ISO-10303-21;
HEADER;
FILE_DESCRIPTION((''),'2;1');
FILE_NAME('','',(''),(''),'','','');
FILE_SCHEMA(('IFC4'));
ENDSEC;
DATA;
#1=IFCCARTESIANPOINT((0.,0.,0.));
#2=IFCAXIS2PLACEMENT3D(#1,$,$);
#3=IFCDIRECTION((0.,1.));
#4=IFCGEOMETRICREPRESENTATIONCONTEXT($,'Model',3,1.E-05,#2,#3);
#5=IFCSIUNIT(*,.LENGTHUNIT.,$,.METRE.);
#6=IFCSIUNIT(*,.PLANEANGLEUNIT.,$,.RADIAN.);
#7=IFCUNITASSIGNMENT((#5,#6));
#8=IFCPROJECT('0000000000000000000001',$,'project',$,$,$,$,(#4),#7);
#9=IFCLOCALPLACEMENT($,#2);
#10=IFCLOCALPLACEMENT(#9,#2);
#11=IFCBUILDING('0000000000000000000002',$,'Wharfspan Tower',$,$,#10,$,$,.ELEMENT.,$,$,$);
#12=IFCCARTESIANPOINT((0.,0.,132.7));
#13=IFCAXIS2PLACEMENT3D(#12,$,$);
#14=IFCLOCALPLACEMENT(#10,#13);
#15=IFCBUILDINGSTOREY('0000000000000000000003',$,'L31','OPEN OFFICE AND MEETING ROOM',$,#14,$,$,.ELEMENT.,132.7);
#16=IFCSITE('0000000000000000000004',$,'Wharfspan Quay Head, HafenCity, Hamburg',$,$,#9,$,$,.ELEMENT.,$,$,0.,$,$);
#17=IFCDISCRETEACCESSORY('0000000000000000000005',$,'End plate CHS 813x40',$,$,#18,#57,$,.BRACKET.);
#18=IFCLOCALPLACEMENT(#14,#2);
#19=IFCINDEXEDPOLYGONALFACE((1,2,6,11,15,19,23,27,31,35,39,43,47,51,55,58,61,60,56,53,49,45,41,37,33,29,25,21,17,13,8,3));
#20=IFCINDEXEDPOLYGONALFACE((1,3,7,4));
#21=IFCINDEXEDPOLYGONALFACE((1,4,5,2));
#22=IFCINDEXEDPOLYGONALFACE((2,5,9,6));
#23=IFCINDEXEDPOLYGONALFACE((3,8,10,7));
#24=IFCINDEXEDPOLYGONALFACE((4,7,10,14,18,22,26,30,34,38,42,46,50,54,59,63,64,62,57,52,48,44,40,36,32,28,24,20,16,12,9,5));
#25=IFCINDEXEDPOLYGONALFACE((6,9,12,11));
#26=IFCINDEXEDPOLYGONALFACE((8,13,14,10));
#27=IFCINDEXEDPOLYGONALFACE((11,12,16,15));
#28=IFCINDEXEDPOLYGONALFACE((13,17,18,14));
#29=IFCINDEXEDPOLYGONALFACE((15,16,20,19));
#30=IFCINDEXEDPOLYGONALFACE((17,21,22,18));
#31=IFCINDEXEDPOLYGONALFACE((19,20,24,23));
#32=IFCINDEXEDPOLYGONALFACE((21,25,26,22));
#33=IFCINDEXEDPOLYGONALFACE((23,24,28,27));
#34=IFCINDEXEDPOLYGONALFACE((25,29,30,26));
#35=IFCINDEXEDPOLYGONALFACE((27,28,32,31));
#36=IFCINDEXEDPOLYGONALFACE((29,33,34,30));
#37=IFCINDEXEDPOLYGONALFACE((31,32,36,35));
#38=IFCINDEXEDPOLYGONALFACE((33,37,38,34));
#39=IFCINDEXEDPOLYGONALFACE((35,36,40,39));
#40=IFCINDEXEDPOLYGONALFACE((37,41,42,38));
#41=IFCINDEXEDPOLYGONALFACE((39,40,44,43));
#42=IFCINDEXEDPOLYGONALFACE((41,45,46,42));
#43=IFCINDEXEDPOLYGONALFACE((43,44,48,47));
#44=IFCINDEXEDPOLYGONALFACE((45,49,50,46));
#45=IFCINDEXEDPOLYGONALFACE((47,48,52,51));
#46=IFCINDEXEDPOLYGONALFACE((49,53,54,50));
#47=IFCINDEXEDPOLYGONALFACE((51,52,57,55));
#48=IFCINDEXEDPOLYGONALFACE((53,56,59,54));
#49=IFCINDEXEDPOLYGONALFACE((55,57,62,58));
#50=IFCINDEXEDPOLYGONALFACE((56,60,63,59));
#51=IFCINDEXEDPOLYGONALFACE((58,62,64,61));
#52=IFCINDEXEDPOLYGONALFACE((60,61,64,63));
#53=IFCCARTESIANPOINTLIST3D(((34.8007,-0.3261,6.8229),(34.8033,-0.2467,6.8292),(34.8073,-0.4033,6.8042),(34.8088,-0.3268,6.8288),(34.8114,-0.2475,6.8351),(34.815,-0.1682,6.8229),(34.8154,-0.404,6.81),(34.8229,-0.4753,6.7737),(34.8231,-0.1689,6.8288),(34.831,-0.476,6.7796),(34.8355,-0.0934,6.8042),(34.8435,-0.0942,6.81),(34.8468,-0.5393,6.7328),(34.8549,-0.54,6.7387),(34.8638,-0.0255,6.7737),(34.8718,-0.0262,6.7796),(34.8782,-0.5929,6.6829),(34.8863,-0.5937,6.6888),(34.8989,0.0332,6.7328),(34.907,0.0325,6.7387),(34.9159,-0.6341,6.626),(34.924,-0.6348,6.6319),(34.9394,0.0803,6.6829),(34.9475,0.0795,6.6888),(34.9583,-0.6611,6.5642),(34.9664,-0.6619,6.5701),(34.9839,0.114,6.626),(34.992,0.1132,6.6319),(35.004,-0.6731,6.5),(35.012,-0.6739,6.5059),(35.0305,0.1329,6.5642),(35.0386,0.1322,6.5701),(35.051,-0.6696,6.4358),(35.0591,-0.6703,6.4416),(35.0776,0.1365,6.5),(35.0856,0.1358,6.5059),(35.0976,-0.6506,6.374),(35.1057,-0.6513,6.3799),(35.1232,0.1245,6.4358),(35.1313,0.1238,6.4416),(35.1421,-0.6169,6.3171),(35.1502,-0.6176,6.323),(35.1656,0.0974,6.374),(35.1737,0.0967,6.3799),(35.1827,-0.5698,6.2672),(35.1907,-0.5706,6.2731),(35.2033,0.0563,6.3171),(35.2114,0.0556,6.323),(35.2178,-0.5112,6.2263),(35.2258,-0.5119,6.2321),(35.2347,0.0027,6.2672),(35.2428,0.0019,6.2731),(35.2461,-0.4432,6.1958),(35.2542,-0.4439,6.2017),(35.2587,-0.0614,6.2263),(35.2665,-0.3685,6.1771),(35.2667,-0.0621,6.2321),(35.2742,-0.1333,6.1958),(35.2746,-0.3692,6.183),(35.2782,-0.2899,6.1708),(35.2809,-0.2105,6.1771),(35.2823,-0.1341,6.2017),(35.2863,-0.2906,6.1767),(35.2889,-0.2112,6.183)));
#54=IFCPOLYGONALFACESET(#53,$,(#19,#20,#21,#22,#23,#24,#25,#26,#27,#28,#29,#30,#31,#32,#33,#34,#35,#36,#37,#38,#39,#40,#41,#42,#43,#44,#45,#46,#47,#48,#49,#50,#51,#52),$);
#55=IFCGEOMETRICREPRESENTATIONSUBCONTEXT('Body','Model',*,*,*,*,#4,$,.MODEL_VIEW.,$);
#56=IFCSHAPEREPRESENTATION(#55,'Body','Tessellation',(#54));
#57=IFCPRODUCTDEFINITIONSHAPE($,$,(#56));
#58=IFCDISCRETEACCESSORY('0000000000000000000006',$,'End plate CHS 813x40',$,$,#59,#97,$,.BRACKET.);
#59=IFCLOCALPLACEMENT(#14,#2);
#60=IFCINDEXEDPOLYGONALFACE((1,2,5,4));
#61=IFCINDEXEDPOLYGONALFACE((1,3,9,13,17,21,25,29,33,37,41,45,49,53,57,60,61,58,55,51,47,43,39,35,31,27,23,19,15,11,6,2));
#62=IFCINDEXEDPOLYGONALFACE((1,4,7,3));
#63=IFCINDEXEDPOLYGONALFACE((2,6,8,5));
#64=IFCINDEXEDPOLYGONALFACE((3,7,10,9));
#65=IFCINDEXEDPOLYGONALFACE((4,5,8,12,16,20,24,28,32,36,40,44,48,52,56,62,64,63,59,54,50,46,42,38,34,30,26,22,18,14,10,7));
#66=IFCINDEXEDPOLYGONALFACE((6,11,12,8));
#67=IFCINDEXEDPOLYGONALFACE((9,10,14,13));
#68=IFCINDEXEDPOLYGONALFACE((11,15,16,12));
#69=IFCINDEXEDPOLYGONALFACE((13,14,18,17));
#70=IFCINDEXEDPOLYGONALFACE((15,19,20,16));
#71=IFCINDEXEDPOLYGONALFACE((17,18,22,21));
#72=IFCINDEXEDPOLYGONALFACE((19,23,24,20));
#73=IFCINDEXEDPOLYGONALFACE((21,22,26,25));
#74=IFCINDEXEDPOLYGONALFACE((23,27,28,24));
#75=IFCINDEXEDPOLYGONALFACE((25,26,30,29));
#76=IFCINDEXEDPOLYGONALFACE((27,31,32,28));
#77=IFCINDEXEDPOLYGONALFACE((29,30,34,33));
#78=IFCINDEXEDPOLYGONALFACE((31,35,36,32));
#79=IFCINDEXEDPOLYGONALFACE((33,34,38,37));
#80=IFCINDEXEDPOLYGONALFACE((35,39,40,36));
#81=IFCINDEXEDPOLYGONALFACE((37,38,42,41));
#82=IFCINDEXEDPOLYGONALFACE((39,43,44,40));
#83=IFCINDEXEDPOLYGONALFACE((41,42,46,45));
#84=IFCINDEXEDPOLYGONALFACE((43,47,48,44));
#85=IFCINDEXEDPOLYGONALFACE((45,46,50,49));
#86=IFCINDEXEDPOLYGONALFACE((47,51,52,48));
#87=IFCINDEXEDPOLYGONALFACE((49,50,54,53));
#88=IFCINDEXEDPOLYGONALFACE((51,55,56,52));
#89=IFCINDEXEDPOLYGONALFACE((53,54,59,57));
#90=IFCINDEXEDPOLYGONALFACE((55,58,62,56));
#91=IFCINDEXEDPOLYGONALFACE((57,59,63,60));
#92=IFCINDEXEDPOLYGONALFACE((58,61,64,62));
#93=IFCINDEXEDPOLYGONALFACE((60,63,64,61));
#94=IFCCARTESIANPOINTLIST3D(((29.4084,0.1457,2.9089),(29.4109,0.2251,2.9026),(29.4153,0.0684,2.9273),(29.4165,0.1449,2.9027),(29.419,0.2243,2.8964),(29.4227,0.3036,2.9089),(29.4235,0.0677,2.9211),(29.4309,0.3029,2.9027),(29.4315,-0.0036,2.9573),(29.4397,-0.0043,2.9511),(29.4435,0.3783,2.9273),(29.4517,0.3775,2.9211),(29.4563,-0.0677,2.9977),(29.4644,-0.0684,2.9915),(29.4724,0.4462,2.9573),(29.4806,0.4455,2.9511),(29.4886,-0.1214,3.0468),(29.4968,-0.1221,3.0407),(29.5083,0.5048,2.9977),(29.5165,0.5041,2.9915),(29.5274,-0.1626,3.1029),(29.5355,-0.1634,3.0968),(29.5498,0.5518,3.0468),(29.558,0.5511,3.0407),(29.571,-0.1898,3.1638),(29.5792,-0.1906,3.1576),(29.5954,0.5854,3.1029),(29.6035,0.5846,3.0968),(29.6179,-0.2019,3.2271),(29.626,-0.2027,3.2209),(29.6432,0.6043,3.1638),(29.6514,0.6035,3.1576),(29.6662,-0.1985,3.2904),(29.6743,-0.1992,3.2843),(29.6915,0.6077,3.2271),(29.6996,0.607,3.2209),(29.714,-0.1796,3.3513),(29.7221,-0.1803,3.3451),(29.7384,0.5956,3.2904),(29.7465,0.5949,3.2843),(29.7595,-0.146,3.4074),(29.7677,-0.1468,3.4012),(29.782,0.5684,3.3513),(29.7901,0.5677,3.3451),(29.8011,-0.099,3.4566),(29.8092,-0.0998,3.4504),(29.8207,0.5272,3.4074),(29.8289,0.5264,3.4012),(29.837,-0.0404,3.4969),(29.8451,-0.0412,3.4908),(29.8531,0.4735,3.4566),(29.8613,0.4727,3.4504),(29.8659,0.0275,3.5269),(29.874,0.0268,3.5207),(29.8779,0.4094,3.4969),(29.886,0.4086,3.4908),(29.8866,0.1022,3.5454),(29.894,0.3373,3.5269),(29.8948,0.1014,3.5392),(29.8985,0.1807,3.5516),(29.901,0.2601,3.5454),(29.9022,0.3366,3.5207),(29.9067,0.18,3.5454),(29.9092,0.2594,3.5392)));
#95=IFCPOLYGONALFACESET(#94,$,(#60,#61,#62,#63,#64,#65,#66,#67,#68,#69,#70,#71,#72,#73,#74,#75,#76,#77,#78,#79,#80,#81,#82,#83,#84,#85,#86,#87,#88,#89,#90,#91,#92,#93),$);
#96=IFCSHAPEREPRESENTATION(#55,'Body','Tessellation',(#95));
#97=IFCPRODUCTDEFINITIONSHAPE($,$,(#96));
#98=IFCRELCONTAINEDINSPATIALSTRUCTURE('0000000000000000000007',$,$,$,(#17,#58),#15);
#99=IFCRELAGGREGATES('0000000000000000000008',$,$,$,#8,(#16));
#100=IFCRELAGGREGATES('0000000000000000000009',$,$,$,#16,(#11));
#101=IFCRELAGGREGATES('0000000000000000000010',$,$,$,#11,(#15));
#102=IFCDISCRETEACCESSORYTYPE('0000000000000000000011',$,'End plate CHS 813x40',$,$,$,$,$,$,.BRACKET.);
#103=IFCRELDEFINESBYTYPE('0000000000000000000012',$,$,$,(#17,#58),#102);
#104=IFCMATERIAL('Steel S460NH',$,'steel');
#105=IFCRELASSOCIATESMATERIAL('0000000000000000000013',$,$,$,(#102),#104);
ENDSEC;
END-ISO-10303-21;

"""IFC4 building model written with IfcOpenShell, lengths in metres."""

from ifc_helpers import new_model, si_unit, direction, frame, origin, origin_2d, place, context, subcontext, project, spatial, circle, extrude, material, material_profile, profile_set, type_object, element, save


model = new_model("IFC4")

# Units and contexts
model_context = context("Model", 3, precision=1e-05, world=origin(), true_north=direction((0.0, 1.0)))
body_context = subcontext(model_context, "Body", "Model", "MODEL_VIEW")
ifc_project = project(units=[si_unit("LENGTHUNIT", "METRE"), si_unit("PLANEANGLEUNIT", "RADIAN")], contexts=[model_context])

# Site, building, storey
site_placement = place(None, origin())
site = spatial("IfcSite", under=ifc_project, at=site_placement, Name="Wharfspan Quay Head, HafenCity, Hamburg", CompositionType="ELEMENT", RefElevation=0.0)
building_placement = place(site_placement, origin())
building = spatial("IfcBuilding", under=site, at=building_placement, Name="Wharfspan Tower", CompositionType="ELEMENT")
storey_placement = place(building_placement, frame((0.0, 0.0, 132.7)))
storey = spatial("IfcBuildingStorey", under=building, at=storey_placement, Name="L31", Description="OPEN OFFICE AND MEETING ROOM", CompositionType="ELEMENT", Elevation=132.7)

# Shared definitions
ifc_material_1 = material(Name="Steel S460NH", Category="steel")

# Discrete accessories
ifc_material_profile_1 = material_profile(ifc_material_1, circle(Radius=0.4065, at=origin_2d()))
ifc_profile_set_1 = profile_set([ifc_material_profile_1], Name="Steel S460NH")
discrete_accessory_type = type_object("IfcDiscreteAccessoryType", Name="End plate CHS 813x40", PredefinedType="BRACKET", material=ifc_profile_set_1)
discrete_accessory_1_placement = place(storey_placement, frame((35.0408, -0.2683, 6.5), z_axis=(0.806559, -0.073324, 0.586588), x_axis=(0.090536, 0.99589, 0.0)))
element("IfcDiscreteAccessory", 1, at=discrete_accessory_1_placement, inside=storey, type_object=discrete_accessory_type, Name="End plate CHS 813x40", PredefinedType="BRACKET", context=body_context, shape_type="SweptSolid", body=[
    extrude(circle(Radius=0.4065, at=origin_2d()), origin(), (0.0, 0.0, 1.0), 0.01),
])
discrete_accessory_2_placement = place(storey_placement, frame((29.6628, 0.2021, 3.2209), z_axis=(-0.795008, 0.072273, 0.602279), x_axis=(-0.090536, -0.995894, -0.000001)))
element("IfcDiscreteAccessory", 2, at=discrete_accessory_2_placement, inside=storey, type_object=discrete_accessory_type, Name="End plate CHS 813x40", PredefinedType="BRACKET", context=body_context, shape_type="SweptSolid", body=[
    extrude(circle(Radius=0.4065, at=origin_2d()), origin(), (0.0, 0.0, 1.0), 0.0103),
])

save(model, "model.ifc")
